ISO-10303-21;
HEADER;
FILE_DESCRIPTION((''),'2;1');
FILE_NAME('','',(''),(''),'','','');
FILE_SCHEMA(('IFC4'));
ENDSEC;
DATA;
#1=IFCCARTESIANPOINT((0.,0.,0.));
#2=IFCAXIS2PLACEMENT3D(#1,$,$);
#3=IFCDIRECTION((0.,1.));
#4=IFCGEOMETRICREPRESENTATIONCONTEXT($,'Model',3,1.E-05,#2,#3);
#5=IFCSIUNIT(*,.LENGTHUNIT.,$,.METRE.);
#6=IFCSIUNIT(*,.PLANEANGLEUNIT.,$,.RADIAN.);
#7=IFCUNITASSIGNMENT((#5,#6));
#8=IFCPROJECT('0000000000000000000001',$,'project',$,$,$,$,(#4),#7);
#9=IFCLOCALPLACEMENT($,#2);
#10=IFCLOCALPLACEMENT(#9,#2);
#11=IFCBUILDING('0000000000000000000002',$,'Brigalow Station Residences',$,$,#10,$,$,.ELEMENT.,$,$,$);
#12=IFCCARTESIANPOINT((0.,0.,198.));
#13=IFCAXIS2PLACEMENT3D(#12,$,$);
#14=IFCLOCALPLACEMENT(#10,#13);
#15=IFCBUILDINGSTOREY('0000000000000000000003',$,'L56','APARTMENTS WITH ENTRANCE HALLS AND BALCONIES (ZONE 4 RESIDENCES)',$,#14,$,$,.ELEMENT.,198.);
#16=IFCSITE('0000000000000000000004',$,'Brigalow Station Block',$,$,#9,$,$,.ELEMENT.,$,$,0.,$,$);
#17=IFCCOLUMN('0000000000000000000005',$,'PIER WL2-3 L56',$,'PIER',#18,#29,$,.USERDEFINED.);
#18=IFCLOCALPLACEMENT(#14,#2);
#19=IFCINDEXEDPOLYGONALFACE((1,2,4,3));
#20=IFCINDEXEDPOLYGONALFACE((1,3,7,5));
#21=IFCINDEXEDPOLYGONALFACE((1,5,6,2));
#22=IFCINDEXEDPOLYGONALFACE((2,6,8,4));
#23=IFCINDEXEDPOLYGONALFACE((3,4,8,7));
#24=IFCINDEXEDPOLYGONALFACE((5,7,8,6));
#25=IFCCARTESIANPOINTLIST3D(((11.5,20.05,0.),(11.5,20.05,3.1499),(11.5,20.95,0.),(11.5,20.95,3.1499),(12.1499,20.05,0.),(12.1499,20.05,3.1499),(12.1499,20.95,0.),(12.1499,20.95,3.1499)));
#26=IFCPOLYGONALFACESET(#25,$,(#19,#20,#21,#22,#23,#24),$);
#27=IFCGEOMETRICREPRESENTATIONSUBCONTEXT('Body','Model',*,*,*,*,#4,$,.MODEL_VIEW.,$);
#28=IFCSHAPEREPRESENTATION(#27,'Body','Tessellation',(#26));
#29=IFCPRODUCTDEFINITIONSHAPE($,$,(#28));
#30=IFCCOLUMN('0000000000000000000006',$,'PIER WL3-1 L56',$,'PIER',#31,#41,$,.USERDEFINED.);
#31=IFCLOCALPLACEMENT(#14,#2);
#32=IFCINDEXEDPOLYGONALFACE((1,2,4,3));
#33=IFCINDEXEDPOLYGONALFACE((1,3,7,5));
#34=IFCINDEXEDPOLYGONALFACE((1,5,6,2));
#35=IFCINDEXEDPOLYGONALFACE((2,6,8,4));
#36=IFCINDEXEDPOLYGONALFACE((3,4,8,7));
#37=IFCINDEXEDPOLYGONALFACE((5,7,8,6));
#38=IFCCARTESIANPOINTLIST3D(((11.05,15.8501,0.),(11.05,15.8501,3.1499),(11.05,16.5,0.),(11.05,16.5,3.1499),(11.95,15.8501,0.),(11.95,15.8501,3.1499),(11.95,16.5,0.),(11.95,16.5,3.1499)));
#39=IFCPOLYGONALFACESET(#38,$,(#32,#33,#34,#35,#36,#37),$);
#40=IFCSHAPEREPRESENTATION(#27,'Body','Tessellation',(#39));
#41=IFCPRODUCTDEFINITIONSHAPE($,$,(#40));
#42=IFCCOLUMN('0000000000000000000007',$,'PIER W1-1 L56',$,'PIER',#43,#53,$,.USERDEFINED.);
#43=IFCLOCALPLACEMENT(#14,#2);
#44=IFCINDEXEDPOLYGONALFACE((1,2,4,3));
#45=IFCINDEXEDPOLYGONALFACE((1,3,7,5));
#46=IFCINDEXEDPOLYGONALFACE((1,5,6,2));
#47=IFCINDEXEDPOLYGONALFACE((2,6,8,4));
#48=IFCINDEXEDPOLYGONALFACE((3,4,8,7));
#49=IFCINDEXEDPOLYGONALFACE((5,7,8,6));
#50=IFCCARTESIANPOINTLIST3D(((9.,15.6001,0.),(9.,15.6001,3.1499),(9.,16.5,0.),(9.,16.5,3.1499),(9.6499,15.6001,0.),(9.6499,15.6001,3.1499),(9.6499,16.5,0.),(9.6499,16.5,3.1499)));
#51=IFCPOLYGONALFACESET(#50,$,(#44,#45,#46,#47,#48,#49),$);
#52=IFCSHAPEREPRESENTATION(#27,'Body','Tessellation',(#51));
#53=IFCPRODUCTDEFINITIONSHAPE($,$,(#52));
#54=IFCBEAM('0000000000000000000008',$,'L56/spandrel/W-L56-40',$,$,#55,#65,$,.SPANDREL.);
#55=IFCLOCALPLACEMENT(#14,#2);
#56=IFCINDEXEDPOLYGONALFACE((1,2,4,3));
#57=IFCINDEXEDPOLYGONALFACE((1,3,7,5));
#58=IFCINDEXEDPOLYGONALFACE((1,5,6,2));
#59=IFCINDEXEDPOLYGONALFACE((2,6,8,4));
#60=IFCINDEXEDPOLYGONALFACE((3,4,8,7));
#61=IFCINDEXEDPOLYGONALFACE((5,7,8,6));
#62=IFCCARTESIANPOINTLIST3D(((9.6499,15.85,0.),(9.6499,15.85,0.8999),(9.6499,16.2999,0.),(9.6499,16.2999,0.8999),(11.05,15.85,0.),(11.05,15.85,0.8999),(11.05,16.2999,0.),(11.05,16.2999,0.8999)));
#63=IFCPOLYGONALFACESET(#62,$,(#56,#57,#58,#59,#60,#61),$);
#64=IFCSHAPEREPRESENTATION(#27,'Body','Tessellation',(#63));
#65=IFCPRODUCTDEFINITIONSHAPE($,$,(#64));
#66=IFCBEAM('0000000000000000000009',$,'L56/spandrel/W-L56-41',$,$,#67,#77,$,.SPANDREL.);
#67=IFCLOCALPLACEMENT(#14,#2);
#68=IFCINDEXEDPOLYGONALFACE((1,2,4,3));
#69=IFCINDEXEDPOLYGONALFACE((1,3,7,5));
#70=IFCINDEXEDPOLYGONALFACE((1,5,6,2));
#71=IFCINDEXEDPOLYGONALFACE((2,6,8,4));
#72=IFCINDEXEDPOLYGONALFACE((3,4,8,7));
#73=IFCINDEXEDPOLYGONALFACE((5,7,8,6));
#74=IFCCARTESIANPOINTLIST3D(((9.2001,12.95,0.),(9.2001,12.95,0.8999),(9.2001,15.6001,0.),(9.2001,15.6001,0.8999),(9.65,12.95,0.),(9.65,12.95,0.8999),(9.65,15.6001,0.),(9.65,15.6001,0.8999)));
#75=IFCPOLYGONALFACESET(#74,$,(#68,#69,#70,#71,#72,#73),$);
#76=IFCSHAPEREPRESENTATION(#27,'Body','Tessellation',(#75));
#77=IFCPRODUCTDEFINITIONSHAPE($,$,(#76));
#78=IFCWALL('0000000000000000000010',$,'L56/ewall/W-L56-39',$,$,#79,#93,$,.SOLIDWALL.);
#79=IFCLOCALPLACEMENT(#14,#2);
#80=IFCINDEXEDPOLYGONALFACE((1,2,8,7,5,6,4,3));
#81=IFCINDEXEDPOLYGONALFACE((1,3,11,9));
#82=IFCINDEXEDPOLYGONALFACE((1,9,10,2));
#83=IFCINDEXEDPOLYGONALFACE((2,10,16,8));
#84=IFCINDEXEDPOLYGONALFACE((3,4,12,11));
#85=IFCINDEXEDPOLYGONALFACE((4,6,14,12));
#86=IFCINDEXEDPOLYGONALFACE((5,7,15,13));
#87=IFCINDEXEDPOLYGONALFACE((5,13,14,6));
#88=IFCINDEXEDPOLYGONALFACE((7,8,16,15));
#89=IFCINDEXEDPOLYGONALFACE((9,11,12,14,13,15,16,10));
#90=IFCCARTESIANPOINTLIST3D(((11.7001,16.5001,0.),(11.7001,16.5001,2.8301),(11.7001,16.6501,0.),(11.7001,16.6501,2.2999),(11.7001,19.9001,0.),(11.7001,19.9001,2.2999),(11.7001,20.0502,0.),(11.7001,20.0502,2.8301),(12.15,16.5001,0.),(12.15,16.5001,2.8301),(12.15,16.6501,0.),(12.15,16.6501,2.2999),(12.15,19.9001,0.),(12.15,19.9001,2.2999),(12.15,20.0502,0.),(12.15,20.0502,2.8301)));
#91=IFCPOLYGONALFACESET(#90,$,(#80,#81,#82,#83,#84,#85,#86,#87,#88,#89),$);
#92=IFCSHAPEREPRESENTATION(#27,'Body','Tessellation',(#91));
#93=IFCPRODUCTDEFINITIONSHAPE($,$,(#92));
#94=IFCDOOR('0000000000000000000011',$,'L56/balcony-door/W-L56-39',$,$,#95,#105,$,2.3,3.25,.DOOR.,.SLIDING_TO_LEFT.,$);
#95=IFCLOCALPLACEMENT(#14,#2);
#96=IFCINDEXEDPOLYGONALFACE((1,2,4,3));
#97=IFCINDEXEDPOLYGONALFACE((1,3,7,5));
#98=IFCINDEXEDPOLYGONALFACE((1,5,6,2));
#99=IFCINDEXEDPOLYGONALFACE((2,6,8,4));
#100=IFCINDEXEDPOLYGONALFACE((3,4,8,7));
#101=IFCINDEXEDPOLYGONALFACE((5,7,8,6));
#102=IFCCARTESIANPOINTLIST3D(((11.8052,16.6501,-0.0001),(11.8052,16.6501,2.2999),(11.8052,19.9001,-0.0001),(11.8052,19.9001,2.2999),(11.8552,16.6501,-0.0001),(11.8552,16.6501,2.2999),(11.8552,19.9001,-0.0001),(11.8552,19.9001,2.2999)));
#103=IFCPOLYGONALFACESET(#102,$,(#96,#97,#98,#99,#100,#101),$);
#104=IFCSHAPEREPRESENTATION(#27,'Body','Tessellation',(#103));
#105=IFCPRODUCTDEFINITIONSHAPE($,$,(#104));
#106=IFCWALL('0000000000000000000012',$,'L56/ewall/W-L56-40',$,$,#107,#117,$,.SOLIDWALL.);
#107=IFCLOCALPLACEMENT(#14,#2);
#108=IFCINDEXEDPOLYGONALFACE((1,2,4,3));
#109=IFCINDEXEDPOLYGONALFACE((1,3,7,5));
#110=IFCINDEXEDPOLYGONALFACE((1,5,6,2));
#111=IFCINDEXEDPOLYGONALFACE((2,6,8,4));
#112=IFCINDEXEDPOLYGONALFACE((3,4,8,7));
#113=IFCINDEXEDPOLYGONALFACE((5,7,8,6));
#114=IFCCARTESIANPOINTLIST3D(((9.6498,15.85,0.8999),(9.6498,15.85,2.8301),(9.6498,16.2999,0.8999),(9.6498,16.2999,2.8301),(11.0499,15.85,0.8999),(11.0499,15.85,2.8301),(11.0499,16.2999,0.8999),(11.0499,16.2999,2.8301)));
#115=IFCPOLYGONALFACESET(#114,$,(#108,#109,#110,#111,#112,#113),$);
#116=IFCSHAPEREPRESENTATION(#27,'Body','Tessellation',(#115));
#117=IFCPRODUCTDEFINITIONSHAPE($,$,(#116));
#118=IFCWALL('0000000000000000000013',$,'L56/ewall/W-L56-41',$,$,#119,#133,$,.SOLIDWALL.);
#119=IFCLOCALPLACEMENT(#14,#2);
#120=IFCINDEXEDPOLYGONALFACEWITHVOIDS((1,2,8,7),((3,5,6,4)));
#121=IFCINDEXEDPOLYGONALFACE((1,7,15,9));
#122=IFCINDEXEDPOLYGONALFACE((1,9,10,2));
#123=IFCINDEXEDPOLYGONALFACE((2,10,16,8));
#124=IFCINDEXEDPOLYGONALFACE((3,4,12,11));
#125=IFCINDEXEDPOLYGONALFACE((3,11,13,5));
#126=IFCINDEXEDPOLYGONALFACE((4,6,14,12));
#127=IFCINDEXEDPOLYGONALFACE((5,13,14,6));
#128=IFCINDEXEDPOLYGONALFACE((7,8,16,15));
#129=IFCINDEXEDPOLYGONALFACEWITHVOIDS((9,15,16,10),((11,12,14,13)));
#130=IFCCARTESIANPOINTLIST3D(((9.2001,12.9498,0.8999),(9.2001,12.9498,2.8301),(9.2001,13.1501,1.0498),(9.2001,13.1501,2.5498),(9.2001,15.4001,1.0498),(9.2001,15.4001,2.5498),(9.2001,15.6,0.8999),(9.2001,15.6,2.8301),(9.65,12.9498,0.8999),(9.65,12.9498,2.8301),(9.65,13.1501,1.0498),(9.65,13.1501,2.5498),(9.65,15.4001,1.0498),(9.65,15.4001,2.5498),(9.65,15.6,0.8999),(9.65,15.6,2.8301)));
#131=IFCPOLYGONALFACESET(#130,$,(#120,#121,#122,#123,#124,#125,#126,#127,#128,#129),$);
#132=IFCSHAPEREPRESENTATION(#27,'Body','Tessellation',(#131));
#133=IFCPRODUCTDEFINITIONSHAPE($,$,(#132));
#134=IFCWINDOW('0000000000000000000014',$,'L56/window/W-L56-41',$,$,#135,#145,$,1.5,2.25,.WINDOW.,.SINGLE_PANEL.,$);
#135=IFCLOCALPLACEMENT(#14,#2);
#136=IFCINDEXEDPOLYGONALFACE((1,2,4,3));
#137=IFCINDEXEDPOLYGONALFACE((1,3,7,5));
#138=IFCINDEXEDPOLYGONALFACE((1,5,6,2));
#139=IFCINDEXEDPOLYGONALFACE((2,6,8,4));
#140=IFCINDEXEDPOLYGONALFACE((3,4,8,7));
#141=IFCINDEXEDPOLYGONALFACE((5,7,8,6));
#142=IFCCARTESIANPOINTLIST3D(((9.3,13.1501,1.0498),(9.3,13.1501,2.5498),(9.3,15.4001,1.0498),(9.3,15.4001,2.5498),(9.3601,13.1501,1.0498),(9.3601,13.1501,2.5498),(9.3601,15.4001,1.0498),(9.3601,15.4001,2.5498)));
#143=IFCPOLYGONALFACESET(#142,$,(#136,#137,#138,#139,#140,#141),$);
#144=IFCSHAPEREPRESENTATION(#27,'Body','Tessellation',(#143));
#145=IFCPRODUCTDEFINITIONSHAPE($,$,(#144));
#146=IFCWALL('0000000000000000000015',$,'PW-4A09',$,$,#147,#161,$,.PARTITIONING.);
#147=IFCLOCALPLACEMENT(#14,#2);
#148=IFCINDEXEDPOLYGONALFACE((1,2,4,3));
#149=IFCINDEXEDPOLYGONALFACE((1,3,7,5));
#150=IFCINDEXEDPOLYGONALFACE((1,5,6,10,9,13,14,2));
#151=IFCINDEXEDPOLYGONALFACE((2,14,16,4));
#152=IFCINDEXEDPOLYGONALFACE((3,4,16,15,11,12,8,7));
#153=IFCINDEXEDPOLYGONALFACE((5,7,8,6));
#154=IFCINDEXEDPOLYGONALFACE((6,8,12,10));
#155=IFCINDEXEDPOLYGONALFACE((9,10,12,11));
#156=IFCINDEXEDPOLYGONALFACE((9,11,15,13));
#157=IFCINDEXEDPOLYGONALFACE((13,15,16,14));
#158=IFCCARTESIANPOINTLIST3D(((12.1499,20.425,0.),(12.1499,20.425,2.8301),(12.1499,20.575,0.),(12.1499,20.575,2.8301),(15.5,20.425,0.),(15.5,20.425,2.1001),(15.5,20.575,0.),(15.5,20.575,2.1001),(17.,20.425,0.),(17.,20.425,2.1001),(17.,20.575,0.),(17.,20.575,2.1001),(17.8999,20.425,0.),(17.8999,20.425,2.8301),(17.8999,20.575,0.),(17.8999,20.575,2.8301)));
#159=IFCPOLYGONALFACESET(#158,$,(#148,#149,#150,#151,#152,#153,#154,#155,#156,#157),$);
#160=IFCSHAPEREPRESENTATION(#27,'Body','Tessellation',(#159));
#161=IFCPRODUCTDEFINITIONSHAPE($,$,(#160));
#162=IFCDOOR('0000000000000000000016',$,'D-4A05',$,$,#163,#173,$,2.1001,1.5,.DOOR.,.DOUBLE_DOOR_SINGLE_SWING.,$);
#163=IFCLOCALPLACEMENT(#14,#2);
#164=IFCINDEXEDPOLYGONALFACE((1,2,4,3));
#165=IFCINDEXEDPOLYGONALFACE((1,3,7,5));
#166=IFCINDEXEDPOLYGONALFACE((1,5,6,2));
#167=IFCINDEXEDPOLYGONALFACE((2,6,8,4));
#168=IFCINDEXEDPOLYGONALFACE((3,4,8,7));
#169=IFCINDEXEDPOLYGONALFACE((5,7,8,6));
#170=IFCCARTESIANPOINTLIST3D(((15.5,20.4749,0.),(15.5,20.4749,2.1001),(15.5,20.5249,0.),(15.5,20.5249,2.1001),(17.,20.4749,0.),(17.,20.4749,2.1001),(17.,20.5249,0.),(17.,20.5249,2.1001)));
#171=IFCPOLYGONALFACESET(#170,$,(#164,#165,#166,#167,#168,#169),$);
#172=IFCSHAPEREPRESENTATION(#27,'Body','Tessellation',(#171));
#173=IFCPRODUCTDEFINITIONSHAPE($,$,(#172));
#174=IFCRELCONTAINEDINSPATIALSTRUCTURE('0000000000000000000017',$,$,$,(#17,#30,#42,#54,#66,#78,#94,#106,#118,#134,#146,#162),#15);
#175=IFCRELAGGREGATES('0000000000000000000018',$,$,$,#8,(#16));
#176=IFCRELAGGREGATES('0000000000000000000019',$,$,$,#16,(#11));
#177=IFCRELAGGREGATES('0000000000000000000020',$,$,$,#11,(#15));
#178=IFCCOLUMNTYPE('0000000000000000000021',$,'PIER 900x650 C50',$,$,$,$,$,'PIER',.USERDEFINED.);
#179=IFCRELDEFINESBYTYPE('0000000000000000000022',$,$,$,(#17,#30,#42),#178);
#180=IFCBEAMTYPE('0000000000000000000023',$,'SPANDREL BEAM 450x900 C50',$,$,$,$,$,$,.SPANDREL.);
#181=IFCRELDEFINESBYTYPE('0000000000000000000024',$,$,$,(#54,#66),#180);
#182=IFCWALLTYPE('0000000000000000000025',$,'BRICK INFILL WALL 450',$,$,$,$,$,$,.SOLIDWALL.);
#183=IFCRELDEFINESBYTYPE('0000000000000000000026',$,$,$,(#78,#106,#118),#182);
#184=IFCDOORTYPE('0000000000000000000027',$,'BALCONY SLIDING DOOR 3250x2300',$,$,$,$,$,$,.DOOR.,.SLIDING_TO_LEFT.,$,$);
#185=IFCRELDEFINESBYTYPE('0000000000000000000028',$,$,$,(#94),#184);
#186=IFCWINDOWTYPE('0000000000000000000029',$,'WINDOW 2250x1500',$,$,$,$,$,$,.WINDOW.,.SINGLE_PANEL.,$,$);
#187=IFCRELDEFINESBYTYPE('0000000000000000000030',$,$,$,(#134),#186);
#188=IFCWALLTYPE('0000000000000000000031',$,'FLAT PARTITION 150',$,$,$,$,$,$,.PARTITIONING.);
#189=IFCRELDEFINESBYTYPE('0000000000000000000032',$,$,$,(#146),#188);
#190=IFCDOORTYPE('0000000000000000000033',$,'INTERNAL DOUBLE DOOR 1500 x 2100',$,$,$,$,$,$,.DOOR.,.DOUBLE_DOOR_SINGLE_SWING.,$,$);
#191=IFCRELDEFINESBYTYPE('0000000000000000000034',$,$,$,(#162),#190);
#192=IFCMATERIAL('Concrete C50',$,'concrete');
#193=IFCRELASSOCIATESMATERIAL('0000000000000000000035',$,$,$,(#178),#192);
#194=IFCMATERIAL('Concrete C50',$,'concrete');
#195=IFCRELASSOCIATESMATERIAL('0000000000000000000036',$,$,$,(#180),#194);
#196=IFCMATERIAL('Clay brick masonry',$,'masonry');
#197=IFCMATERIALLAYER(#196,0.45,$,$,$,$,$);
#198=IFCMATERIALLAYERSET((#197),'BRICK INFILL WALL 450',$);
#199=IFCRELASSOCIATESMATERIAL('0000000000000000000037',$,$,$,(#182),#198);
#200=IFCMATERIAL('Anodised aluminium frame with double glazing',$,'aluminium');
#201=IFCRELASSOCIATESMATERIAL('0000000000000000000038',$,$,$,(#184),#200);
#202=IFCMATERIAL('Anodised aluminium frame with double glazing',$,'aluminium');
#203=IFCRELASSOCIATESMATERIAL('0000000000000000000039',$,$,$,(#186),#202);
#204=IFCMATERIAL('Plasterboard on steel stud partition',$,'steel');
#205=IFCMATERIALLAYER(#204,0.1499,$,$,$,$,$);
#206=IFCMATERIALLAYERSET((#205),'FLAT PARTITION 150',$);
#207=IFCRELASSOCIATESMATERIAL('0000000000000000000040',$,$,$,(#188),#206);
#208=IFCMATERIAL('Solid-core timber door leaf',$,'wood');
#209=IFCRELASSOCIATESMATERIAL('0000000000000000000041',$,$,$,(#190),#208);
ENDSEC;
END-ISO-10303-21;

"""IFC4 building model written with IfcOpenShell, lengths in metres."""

from ifc_helpers import new_model, si_unit, direction, frame, frame_2d, origin, origin_2d, place, context, subcontext, project, spatial, rectangle, extrude, material, layer, layer_set, material_profile, profile_set, type_object, element, fill, save


model = new_model("IFC4")

# Units and contexts
model_context = context("Model", 3, precision=1e-05, world=origin(), true_north=direction((0.0, 1.0)))
body_context = subcontext(model_context, "Body", "Model", "MODEL_VIEW")
ifc_project = project(units=[si_unit("LENGTHUNIT", "METRE"), si_unit("PLANEANGLEUNIT", "RADIAN")], contexts=[model_context])

# Site, building, storey
site_placement = place(None, origin())
site = spatial("IfcSite", under=ifc_project, at=site_placement, Name="Brigalow Station Block", CompositionType="ELEMENT", RefElevation=0.0)
building_placement = place(site_placement, origin())
building = spatial("IfcBuilding", under=site, at=building_placement, Name="Brigalow Station Residences", CompositionType="ELEMENT")
storey_placement = place(building_placement, frame((0.0, 0.0, 198.0)))
storey = spatial("IfcBuildingStorey", under=building, at=storey_placement, Name="L56", Description="APARTMENTS WITH ENTRANCE HALLS AND BALCONIES (ZONE 4 RESIDENCES)", CompositionType="ELEMENT", Elevation=198.0)

# Columns
ifc_material_1 = material(Name="Concrete C50", Category="concrete")
ifc_material_profile_1 = material_profile(ifc_material_1, rectangle(XDim=0.8999, YDim=0.6499, at=origin_2d()), Name="RC900x650")
ifc_profile_set_1 = profile_set([ifc_material_profile_1], Name="Concrete C50")
column_type = type_object("IfcColumnType", Name="PIER 900x650 C50", ElementType="PIER", PredefinedType="USERDEFINED", material=ifc_profile_set_1)
for number, where, z_axis, x_axis, name in (
    (1, (11.825, 20.5, 0.0), (0.0, 0.0, 1.0), (0.0, -1.0, 0.0), "PIER WL2-3 L56"),
    (2, (11.5, 16.175, 0.0), (0.0, 0.0, 1.0), (-1.0, 0.0, 0.0), "PIER WL3-1 L56"),
    (3, (9.325, 16.05, 0.0), (0.0, 0.0, 1.0), (0.0, -1.0, 0.0), "PIER W1-1 L56"),
):
    element("IfcColumn", number, at=place(storey_placement, frame(where, z_axis=z_axis, x_axis=x_axis)), inside=storey, type_object=column_type, Name=name, ObjectType="PIER", PredefinedType="USERDEFINED", context=body_context, shape_type="SweptSolid", body=[
        extrude(rectangle(XDim=0.8999, YDim=0.6499, at=origin_2d()), origin(), (0.0, 0.0, 1.0), 3.1499),
    ])

# Beams
ifc_material_2 = material(Name="Concrete C50", Category="concrete")
ifc_material_profile_2 = material_profile(ifc_material_2, rectangle(XDim=0.45, YDim=0.8999, at=origin_2d()), Name="RC450x900")
ifc_profile_set_2 = profile_set([ifc_material_profile_2], Name="Concrete C50")
beam_type = type_object("IfcBeamType", Name="SPANDREL BEAM 450x900 C50", PredefinedType="SPANDREL", material=ifc_profile_set_2)
beam_1_placement = place(storey_placement, frame((11.05, 16.075, 0.45), z_axis=(-1.0, 0.0, 0.0), x_axis=(0.0, -1.0, 0.0)))
element("IfcBeam", 4, at=beam_1_placement, inside=storey, type_object=beam_type, Name="L56/spandrel/W-L56-40", PredefinedType="SPANDREL", context=body_context, shape_type="SweptSolid", body=[
    extrude(rectangle(XDim=0.45, YDim=0.8999, at=origin_2d()), origin(), (0.0, 0.0, 1.0), 1.4001),
])
beam_2_placement = place(storey_placement, frame((9.425, 15.6001, 0.45), z_axis=(0.0, -1.0, 0.0), x_axis=(1.0, 0.0, 0.0)))
element("IfcBeam", 5, at=beam_2_placement, inside=storey, type_object=beam_type, Name="L56/spandrel/W-L56-41", PredefinedType="SPANDREL", context=body_context, shape_type="SweptSolid", body=[
    extrude(rectangle(XDim=0.45, YDim=0.8999, at=origin_2d()), origin(), (0.0, 0.0, 1.0), 2.6501),
])

# Wall, opening, door
ifc_material_3 = material(Name="Clay brick masonry", Category="masonry")
ifc_layer_1 = layer(ifc_material_3, 0.45)
ifc_layer_set_1 = layer_set([ifc_layer_1], Name="BRICK INFILL WALL 450")
wall_type_1 = type_object("IfcWallType", Name="BRICK INFILL WALL 450", PredefinedType="SOLIDWALL", material=ifc_layer_set_1)
wall_1_placement = place(storey_placement, frame((11.925, 20.05, 0.0), z_axis=(0.0, 0.0, 1.0), x_axis=(0.0, -1.0, 0.0)))
wall_1 = element("IfcWall", 6, at=wall_1_placement, inside=storey, type_object=wall_type_1, Name="L56/ewall/W-L56-39", PredefinedType="SOLIDWALL", context=body_context, shape_type="SweptSolid", body=[
    extrude(rectangle(XDim=3.55, YDim=0.45, at=frame_2d((1.7749, 0.0))), origin(), (0.0, 0.0, 1.0), 2.8301),
])
opening_1_placement = place(wall_1_placement, frame((0.1499, 0.0, 0.0)))
opening_1 = element("IfcOpeningElement", 7, at=opening_1_placement, cuts=wall_1, PredefinedType="OPENING", context=body_context, shape_type="SweptSolid", body=[
    extrude(rectangle(XDim=3.25, YDim=2.3, at=frame_2d((1.625, 1.1499))), frame((0.0, 0.2349, 0.0), z_axis=(0.0, -1.0, 0.0), x_axis=(1.0, 0.0, 0.0)), (0.0, 0.0, 1.0), 0.47),
])
ifc_material_4 = material(Name="Anodised aluminium frame with double glazing", Category="aluminium")
door_type_1 = type_object("IfcDoorType", Name="BALCONY SLIDING DOOR 3250x2300", OperationType="SLIDING_TO_LEFT", PredefinedType="DOOR", material=ifc_material_4)
door_1_placement = place(opening_1_placement, origin())
door_1 = element("IfcDoor", 8, at=door_1_placement, inside=storey, type_object=door_type_1, Name="L56/balcony-door/W-L56-39", OperationType="SLIDING_TO_LEFT", OverallHeight=2.3, OverallWidth=3.25, PredefinedType="DOOR", context=body_context, shape_type="SweptSolid", body=[
    extrude(rectangle(XDim=3.25, YDim=2.3, at=frame_2d((1.625, 1.1499))), frame((0.0, -0.0698, 0.0), z_axis=(0.0, -1.0, 0.0), x_axis=(1.0, 0.0, 0.0)), (0.0, 0.0, 1.0), 0.05),
])
fill(opening_1, door_1)

# Wall
wall_2_placement = place(storey_placement, frame((11.05, 16.075, 0.8999), z_axis=(0.0, 0.0, 1.0), x_axis=(-1.0, 0.0, 0.0)))
element("IfcWall", 9, at=wall_2_placement, inside=storey, type_object=wall_type_1, Name="L56/ewall/W-L56-40", PredefinedType="SOLIDWALL", context=body_context, shape_type="SweptSolid", body=[
    extrude(rectangle(XDim=1.4001, YDim=0.45, at=frame_2d((0.7002, 0.0))), origin(), (0.0, 0.0, 1.0), 1.9302),
])

# Wall, opening, window
wall_3_placement = place(storey_placement, frame((9.425, 15.6001, 0.8999), z_axis=(0.0, 0.0, 1.0), x_axis=(0.0, -1.0, 0.0)))
wall_3 = element("IfcWall", 10, at=wall_3_placement, inside=storey, type_object=wall_type_1, Name="L56/ewall/W-L56-41", PredefinedType="SOLIDWALL", context=body_context, shape_type="SweptSolid", body=[
    extrude(rectangle(XDim=2.6501, YDim=0.45, at=frame_2d((1.3252, 0.0))), origin(), (0.0, 0.0, 1.0), 1.9302),
])
opening_2_placement = place(wall_3_placement, frame((0.2, 0.0, 0.1499)))
opening_2 = element("IfcOpeningElement", 11, at=opening_2_placement, cuts=wall_3, PredefinedType="OPENING", context=body_context, shape_type="SweptSolid", body=[
    extrude(rectangle(XDim=2.25, YDim=1.5, at=frame_2d((1.125, 0.75))), frame((0.0, 0.2349, 0.0), z_axis=(0.0, -1.0, 0.0), x_axis=(1.0, 0.0, 0.0)), (0.0, 0.0, 1.0), 0.47),
])
ifc_material_5 = material(Name="Anodised aluminium frame with double glazing", Category="aluminium")
window_type = type_object("IfcWindowType", Name="WINDOW 2250x1500", PartitioningType="SINGLE_PANEL", PredefinedType="WINDOW", material=ifc_material_5)
window_placement = place(opening_2_placement, origin())
window = element("IfcWindow", 12, at=window_placement, inside=storey, type_object=window_type, Name="L56/window/W-L56-41", OverallHeight=1.5, OverallWidth=2.25, PartitioningType="SINGLE_PANEL", PredefinedType="WINDOW", context=body_context, shape_type="SweptSolid", body=[
    extrude(rectangle(XDim=2.25, YDim=1.5, at=frame_2d((1.125, 0.75))), frame((0.0, -0.0649, 0.0), z_axis=(0.0, -1.0, 0.0), x_axis=(1.0, 0.0, 0.0)), (0.0, 0.0, 1.0), 0.0601),
])
fill(opening_2, window)

# Wall, opening, door
ifc_material_6 = material(Name="Plasterboard on steel stud partition", Category="steel")
ifc_layer_2 = layer(ifc_material_6, 0.1499)
ifc_layer_set_2 = layer_set([ifc_layer_2], Name="FLAT PARTITION 150")
wall_type_2 = type_object("IfcWallType", Name="FLAT PARTITION 150", PredefinedType="PARTITIONING", material=ifc_layer_set_2)
wall_4_placement = place(storey_placement, frame((12.1499, 20.5, 0.0), z_axis=(0.0, 0.0, 1.0), x_axis=(1.0, 0.0, 0.0)))
wall_4 = element("IfcWall", 13, at=wall_4_placement, inside=storey, type_object=wall_type_2, Name="PW-4A09", PredefinedType="PARTITIONING", context=body_context, shape_type="SweptSolid", body=[
    extrude(rectangle(XDim=5.75, YDim=0.1499, at=frame_2d((2.875, 0.0))), origin(), (0.0, 0.0, 1.0), 2.8301),
])
opening_3_placement = place(wall_4_placement, frame((3.3501, 0.0, 0.0)))
opening_3 = element("IfcOpeningElement", 14, at=opening_3_placement, cuts=wall_4, PredefinedType="OPENING", context=body_context, shape_type="SweptSolid", body=[
    extrude(rectangle(XDim=1.5, YDim=2.1001, at=frame_2d((0.75, 1.05))), frame((0.0, 0.085, 0.0), z_axis=(0.0, -1.0, 0.0), x_axis=(1.0, 0.0, 0.0)), (0.0, 0.0, 1.0), 0.1699),
])
ifc_material_7 = material(Name="Solid-core timber door leaf", Category="wood")
door_type_2 = type_object("IfcDoorType", Name="INTERNAL DOUBLE DOOR 1500 x 2100", OperationType="DOUBLE_DOOR_SINGLE_SWING", PredefinedType="DOOR", material=ifc_material_7)
door_2_placement = place(opening_3_placement, origin())
door_2 = element("IfcDoor", 15, at=door_2_placement, inside=storey, type_object=door_type_2, Name="D-4A05", OperationType="DOUBLE_DOOR_SINGLE_SWING", OverallHeight=2.1001, OverallWidth=1.5, PredefinedType="DOOR", context=body_context, shape_type="SweptSolid", body=[
    extrude(rectangle(XDim=1.5, YDim=2.1001, at=frame_2d((0.75, 1.05))), frame((0.0, 0.0249, 0.0), z_axis=(0.0, -1.0, 0.0), x_axis=(1.0, 0.0, 0.0)), (0.0, 0.0, 1.0), 0.05),
])
fill(opening_3, door_2)

save(model, "model.ifc")
